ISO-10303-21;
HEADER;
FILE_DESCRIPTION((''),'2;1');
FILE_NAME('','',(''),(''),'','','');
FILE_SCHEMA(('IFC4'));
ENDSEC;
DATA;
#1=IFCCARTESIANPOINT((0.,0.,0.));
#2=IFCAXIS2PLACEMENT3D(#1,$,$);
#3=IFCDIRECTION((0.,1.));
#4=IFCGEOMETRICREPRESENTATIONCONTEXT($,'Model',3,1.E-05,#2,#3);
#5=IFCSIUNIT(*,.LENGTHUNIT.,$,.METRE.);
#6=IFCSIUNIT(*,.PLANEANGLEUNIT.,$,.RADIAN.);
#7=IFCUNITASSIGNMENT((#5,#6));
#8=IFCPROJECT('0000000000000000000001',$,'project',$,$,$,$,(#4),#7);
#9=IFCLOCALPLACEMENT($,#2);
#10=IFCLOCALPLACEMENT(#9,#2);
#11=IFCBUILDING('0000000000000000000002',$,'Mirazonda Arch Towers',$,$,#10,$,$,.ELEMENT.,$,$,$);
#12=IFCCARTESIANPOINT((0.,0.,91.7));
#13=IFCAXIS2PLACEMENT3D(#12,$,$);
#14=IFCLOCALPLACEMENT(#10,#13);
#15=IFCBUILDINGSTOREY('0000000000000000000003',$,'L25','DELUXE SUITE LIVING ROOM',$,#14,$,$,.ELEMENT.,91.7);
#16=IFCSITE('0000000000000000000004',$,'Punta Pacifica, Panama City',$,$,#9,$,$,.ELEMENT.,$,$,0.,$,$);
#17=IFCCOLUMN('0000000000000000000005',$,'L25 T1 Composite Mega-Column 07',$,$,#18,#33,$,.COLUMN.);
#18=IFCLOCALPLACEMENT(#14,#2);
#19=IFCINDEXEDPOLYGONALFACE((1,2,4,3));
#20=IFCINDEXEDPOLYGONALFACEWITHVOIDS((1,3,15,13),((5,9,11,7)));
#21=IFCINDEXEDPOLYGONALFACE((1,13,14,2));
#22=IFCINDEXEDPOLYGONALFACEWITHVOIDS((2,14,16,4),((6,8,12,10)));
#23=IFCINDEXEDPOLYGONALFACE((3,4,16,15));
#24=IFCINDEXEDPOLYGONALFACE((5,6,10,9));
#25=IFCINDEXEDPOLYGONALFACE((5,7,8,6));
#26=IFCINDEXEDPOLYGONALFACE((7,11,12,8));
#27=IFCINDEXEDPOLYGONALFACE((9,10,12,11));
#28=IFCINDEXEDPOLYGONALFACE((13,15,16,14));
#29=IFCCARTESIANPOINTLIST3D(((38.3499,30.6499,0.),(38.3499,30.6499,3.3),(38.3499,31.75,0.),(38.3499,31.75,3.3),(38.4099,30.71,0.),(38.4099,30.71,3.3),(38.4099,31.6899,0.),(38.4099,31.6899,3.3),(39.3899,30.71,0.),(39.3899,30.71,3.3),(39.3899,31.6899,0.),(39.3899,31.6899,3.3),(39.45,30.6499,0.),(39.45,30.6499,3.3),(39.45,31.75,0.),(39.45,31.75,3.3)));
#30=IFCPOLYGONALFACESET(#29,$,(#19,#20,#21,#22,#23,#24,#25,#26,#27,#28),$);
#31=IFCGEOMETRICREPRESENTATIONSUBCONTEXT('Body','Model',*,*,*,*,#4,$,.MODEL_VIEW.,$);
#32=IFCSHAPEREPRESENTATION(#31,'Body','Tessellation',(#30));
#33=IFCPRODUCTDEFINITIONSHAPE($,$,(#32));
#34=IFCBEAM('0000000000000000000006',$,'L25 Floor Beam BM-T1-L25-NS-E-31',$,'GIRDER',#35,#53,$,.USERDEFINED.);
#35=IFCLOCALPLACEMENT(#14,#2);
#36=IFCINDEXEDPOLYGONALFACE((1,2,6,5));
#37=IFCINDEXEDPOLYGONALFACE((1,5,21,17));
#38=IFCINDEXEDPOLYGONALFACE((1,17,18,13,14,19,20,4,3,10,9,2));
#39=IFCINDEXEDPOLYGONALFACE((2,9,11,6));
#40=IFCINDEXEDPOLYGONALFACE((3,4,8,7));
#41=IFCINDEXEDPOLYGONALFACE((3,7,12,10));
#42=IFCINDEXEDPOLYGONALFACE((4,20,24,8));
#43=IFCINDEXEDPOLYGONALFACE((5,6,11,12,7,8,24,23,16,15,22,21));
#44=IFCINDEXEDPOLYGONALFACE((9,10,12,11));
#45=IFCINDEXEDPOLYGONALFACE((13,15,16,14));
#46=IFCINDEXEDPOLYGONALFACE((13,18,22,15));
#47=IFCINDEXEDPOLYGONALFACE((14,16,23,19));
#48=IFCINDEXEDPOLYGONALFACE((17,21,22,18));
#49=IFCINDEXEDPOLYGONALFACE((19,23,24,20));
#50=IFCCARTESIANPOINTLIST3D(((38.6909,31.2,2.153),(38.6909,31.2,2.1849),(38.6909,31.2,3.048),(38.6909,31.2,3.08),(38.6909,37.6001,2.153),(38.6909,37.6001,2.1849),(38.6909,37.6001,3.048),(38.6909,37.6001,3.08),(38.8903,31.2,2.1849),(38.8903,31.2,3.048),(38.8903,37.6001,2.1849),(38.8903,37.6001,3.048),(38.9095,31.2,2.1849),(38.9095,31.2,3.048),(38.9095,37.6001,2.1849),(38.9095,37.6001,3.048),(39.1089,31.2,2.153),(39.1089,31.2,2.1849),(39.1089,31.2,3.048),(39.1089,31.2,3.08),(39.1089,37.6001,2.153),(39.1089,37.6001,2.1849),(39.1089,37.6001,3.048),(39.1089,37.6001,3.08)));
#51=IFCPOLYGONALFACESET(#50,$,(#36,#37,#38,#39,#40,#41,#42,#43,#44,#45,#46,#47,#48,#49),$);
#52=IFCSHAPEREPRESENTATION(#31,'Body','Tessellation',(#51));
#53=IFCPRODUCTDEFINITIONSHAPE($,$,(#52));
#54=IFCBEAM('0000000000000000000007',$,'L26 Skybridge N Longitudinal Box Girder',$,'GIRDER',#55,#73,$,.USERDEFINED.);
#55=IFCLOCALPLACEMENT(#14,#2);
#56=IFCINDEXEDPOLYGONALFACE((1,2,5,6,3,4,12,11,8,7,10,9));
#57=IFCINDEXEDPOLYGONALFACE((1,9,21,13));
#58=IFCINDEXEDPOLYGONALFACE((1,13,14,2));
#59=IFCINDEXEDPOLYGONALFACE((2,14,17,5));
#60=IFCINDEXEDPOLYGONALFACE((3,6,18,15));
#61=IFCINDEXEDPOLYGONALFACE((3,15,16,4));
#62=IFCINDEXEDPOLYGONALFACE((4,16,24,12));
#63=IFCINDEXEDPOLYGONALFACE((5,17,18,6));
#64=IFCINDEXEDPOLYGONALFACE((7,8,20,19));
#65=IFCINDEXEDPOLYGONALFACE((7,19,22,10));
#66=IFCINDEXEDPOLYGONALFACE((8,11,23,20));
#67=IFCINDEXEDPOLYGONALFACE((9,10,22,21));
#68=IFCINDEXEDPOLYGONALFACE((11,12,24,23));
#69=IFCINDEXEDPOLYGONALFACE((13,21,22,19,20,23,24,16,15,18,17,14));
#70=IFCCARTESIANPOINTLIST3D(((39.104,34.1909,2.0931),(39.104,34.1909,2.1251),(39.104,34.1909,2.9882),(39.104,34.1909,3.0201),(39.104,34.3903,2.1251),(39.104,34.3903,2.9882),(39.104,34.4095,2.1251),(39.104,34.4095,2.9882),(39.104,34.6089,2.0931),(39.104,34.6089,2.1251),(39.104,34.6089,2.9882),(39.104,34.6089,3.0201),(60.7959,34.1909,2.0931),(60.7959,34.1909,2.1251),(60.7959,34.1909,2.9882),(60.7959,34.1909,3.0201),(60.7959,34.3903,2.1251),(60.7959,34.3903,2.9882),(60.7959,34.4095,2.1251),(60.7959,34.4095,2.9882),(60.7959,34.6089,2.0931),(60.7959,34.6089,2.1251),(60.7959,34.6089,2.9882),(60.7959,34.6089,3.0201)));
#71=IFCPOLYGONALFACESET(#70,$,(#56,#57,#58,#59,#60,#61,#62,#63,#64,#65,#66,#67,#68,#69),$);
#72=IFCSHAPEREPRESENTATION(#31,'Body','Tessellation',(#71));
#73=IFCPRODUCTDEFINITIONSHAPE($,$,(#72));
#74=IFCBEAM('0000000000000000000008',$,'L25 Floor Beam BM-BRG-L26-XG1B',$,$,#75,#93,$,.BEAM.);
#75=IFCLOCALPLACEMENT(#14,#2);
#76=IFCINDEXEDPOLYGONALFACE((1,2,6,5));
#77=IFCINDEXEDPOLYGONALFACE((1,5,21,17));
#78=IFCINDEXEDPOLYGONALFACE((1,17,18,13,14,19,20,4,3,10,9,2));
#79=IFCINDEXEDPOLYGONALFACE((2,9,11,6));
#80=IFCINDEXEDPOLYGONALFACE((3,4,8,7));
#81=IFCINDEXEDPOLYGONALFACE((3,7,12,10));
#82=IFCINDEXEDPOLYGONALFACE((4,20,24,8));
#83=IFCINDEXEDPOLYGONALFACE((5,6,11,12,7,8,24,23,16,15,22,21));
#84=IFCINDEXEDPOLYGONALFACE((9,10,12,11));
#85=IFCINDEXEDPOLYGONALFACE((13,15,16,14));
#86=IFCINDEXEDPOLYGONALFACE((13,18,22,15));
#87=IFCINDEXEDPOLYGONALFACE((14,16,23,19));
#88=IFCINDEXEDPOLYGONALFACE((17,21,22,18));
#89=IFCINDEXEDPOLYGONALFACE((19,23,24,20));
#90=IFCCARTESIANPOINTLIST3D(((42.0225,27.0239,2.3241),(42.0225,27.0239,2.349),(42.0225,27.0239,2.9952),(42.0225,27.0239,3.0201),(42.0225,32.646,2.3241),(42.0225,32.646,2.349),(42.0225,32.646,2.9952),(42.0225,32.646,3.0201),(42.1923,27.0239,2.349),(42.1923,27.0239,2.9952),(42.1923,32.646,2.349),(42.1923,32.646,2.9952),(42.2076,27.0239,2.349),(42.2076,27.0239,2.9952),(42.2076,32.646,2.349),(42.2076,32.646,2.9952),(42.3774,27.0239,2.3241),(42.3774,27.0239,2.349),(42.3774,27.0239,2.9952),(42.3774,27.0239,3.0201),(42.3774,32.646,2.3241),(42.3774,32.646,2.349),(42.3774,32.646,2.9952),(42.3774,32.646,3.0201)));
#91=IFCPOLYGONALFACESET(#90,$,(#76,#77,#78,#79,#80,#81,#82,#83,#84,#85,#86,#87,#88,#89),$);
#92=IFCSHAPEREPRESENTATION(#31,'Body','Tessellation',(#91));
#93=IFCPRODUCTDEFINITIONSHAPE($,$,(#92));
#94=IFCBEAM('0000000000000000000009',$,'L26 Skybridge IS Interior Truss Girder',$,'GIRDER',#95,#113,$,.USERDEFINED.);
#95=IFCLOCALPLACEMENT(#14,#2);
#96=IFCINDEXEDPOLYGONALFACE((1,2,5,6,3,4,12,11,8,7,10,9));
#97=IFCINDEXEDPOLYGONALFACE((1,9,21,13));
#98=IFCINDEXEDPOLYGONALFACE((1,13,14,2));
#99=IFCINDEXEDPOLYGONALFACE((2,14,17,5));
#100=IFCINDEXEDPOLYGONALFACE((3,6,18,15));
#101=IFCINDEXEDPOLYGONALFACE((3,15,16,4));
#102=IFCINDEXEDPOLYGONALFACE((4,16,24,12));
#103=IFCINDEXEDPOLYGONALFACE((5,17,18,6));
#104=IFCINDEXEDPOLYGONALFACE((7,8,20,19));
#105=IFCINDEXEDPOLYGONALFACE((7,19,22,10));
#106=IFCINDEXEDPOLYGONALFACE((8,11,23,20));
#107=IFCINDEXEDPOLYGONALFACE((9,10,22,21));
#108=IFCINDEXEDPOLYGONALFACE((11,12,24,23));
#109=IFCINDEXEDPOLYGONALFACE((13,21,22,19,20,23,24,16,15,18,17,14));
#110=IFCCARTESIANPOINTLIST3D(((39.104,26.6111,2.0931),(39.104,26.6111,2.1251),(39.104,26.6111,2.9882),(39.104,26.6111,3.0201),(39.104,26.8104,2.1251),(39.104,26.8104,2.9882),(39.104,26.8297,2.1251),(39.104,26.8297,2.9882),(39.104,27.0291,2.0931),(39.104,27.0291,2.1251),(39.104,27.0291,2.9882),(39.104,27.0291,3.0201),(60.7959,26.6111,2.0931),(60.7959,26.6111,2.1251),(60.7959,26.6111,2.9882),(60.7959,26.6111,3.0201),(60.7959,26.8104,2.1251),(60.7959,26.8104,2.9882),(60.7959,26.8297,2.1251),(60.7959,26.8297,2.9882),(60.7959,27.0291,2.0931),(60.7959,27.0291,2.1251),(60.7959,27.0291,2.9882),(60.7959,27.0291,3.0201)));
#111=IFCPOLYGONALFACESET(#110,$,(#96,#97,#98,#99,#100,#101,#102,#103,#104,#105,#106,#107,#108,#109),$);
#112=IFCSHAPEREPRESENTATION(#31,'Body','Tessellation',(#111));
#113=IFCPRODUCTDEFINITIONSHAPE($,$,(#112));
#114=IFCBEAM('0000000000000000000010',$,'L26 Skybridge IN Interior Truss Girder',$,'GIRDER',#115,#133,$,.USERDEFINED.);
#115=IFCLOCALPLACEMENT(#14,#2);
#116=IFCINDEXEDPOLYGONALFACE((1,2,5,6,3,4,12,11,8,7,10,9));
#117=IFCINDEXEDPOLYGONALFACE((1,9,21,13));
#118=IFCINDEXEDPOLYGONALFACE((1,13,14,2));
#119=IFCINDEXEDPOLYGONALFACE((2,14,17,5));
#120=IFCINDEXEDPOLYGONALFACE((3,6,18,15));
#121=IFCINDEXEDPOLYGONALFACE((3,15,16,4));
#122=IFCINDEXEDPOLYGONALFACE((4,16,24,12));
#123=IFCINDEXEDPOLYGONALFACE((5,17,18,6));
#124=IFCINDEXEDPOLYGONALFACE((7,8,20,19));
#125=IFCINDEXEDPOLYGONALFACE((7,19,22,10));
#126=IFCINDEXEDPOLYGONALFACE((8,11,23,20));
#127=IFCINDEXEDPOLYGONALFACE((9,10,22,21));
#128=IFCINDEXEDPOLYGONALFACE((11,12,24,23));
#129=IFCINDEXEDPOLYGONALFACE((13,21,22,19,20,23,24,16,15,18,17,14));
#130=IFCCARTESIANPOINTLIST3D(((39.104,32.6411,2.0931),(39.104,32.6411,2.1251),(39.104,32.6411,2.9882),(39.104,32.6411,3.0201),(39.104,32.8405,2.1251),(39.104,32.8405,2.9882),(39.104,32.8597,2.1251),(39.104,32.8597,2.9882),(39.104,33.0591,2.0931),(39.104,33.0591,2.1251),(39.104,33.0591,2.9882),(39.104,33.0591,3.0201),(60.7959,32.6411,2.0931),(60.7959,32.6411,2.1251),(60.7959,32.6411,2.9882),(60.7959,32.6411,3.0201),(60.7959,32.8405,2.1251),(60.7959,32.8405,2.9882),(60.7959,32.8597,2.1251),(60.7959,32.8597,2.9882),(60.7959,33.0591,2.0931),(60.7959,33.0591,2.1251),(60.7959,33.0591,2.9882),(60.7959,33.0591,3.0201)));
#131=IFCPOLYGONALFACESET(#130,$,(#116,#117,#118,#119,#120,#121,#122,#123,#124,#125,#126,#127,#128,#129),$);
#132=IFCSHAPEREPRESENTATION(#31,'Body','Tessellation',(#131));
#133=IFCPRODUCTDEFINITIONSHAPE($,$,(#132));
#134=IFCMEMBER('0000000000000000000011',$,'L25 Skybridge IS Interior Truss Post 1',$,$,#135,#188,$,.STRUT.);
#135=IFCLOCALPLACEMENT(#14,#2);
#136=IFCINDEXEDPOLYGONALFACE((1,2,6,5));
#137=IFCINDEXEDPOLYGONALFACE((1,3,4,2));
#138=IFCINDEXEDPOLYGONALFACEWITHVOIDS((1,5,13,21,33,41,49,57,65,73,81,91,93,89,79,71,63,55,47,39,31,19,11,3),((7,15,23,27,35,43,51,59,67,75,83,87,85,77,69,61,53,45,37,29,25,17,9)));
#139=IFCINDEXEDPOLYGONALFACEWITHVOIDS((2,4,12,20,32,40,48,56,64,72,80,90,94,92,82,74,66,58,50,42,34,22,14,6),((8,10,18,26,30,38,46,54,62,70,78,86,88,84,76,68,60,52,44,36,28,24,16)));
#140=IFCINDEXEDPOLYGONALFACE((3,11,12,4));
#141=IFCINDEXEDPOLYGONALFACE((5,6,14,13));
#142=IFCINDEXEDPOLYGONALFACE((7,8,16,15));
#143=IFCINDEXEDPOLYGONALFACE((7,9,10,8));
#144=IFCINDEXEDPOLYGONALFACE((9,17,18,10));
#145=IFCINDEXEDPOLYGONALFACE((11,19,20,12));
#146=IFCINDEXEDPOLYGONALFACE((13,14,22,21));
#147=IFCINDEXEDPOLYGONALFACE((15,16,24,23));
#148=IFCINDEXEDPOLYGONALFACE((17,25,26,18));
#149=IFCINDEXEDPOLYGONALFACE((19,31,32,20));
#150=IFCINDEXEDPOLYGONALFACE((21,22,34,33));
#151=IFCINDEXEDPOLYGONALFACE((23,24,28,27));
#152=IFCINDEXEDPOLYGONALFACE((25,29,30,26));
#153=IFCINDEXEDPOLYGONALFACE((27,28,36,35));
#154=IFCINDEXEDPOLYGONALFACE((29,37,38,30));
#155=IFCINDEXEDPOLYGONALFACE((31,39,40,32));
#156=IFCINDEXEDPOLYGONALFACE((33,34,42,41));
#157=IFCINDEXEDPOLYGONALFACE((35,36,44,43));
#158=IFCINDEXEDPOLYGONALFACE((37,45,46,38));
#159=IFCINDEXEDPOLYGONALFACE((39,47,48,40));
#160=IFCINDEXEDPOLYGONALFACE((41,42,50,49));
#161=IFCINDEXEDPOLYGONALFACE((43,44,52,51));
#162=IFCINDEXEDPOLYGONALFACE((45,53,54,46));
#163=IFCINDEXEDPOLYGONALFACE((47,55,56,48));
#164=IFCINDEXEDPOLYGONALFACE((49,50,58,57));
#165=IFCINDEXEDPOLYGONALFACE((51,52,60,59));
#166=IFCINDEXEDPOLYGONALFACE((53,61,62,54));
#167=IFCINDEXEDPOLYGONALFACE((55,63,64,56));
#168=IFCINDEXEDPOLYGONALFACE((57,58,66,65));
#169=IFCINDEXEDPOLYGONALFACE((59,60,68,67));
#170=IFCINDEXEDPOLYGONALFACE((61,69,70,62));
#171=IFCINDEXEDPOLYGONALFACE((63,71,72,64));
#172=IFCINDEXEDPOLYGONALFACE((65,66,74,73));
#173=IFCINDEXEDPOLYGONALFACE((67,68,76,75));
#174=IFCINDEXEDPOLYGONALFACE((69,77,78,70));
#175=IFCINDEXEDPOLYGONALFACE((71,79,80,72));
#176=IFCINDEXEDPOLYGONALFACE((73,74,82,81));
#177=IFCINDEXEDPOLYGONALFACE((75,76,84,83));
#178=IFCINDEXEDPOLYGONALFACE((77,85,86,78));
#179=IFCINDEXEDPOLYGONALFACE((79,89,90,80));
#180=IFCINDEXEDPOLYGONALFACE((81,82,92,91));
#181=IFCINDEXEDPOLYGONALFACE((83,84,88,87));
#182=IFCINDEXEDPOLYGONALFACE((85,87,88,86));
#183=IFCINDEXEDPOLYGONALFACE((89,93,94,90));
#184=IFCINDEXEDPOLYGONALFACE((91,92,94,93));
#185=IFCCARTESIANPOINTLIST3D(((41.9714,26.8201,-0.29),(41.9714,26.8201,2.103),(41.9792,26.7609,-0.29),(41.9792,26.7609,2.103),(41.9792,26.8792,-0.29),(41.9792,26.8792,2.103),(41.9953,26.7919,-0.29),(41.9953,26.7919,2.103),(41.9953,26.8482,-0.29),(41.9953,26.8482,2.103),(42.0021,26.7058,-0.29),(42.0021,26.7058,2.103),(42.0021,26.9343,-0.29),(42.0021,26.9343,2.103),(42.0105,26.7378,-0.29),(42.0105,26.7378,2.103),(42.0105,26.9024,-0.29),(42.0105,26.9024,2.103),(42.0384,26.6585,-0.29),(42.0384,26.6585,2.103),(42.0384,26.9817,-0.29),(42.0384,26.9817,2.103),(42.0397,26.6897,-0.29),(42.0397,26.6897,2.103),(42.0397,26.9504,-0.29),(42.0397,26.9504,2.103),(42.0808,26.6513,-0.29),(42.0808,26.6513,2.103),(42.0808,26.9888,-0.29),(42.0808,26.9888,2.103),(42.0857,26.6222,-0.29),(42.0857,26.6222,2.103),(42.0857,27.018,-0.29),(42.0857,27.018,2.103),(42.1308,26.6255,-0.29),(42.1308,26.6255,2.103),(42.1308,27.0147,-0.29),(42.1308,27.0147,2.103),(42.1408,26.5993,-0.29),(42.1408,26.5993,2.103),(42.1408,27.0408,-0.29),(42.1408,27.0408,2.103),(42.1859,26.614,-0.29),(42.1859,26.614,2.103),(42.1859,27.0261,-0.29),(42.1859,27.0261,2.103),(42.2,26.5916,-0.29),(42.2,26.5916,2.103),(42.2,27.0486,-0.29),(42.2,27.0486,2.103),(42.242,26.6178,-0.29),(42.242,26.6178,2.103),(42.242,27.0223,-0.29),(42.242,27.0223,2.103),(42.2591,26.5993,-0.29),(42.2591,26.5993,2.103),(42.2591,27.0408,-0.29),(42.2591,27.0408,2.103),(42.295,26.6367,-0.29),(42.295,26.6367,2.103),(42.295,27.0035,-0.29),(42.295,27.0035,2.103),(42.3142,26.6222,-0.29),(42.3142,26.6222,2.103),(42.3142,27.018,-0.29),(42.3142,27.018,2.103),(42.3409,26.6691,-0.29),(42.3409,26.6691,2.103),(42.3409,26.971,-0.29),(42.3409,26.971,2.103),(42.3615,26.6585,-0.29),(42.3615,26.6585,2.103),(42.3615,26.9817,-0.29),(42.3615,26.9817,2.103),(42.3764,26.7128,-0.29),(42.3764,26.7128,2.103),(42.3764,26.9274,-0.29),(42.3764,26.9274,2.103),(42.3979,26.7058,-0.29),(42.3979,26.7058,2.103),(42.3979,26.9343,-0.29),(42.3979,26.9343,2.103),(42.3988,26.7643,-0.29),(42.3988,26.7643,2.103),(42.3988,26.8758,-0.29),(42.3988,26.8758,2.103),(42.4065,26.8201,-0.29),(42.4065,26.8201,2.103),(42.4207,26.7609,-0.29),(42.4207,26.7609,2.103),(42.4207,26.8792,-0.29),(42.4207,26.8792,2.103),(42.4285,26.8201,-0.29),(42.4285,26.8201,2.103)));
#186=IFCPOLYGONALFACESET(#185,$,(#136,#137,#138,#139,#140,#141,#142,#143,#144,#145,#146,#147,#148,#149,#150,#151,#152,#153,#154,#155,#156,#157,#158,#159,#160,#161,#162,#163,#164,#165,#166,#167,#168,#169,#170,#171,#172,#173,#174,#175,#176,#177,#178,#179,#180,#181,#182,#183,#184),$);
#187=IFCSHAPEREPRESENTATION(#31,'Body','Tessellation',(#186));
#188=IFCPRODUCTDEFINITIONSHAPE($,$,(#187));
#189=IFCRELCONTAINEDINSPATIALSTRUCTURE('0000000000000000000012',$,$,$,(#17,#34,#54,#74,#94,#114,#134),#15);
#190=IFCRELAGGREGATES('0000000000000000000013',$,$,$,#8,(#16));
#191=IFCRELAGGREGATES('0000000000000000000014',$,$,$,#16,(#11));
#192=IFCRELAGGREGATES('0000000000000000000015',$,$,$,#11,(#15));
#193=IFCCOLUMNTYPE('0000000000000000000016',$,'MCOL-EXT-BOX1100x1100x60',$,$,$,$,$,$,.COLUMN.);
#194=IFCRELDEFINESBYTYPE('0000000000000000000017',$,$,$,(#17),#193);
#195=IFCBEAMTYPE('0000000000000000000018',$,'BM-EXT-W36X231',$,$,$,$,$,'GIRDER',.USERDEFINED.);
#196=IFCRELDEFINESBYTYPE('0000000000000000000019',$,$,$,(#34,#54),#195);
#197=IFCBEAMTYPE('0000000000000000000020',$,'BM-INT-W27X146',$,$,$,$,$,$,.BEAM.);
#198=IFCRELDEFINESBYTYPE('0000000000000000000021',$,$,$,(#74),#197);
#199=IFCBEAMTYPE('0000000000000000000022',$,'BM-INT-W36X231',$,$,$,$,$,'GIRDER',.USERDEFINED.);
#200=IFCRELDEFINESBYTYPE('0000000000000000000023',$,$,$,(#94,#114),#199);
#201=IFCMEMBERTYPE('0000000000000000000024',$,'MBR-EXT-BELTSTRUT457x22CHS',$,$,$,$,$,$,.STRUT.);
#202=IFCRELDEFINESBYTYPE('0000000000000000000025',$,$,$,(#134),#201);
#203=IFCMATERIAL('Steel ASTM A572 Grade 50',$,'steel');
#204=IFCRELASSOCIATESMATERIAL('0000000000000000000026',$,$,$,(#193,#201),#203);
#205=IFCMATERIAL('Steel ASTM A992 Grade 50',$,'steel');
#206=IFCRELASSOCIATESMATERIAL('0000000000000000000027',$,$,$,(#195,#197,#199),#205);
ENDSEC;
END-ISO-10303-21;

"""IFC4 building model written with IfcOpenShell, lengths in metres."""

from ifc_helpers import new_model, si_unit, direction, frame, origin, origin_2d, place, context, subcontext, project, spatial, hollow_rectangle, hollow_circle, i_section, extrude, material, material_profile, profile_set, type_object, element, save


model = new_model("IFC4")

# Units and contexts
model_context = context("Model", 3, precision=1e-05, world=origin(), true_north=direction((0.0, 1.0)))
body_context = subcontext(model_context, "Body", "Model", "MODEL_VIEW")
ifc_project = project(units=[si_unit("LENGTHUNIT", "METRE"), si_unit("PLANEANGLEUNIT", "RADIAN")], contexts=[model_context])

# Site, building, storey
site_placement = place(None, origin())
site = spatial("IfcSite", under=ifc_project, at=site_placement, Name="Punta Pacifica, Panama City", CompositionType="ELEMENT", RefElevation=0.0)
building_placement = place(site_placement, origin())
building = spatial("IfcBuilding", under=site, at=building_placement, Name="Mirazonda Arch Towers", CompositionType="ELEMENT")
storey_placement = place(building_placement, frame((0.0, 0.0, 91.7)))
storey = spatial("IfcBuildingStorey", under=building, at=storey_placement, Name="L25", Description="DELUXE SUITE LIVING ROOM", CompositionType="ELEMENT", Elevation=91.7)

# Column
ifc_material_1 = material(Name="Steel ASTM A572 Grade 50", Category="steel")
ifc_material_profile_1 = material_profile(ifc_material_1, hollow_rectangle(XDim=1.1001, YDim=1.1001, WallThickness=0.0601, at=origin_2d()), Name="BOX1100x1100x60")
ifc_profile_set_1 = profile_set([ifc_material_profile_1], Name="Steel ASTM A572 Grade 50")
column_type = type_object("IfcColumnType", Name="MCOL-EXT-BOX1100x1100x60", PredefinedType="COLUMN", material=ifc_profile_set_1)
column_placement = place(storey_placement, frame((38.8999, 31.2, 0.0), z_axis=(0.0, 0.0, 1.0), x_axis=(1.0, 0.0, 0.0)))
element("IfcColumn", 1, at=column_placement, inside=storey, type_object=column_type, Name="L25 T1 Composite Mega-Column 07", PredefinedType="COLUMN", context=body_context, shape_type="SweptSolid", body=[
    extrude(hollow_rectangle(XDim=1.1001, YDim=1.1001, WallThickness=0.0601, at=origin_2d()), origin(), (0.0, 0.0, 1.0), 3.3),
])

# Beams
ifc_material_2 = material(Name="Steel ASTM A992 Grade 50", Category="steel")
ifc_material_profile_2 = material_profile(ifc_material_2, i_section(OverallWidth=0.418, OverallDepth=0.927, WebThickness=0.0193, FlangeThickness=0.032, at=origin_2d()), Name="W36X231")
ifc_profile_set_2 = profile_set([ifc_material_profile_2], Name="Steel ASTM A992 Grade 50")
beam_type_1 = type_object("IfcBeamType", Name="BM-EXT-W36X231", ElementType="GIRDER", PredefinedType="USERDEFINED", material=ifc_profile_set_2)
beam_1_placement = place(storey_placement, frame((38.8999, 31.2, 2.6165), z_axis=(0.0, 1.0, 0.0), x_axis=(-1.0, 0.0, 0.0)))
element("IfcBeam", 2, at=beam_1_placement, inside=storey, type_object=beam_type_1, Name="L25 Floor Beam BM-T1-L25-NS-E-31", ObjectType="GIRDER", PredefinedType="USERDEFINED", context=body_context, shape_type="SweptSolid", body=[
    extrude(i_section(OverallWidth=0.418, OverallDepth=0.927, WebThickness=0.0193, FlangeThickness=0.032, at=origin_2d()), origin(), (0.0, 0.0, 1.0), 6.4001),
])
beam_2_placement = place(storey_placement, frame((39.104, 34.3999, 2.5566), z_axis=(1.0, 0.0, 0.0), x_axis=(0.0, 1.0, 0.0)))
element("IfcBeam", 3, at=beam_2_placement, inside=storey, type_object=beam_type_1, Name="L26 Skybridge N Longitudinal Box Girder", ObjectType="GIRDER", PredefinedType="USERDEFINED", context=body_context, shape_type="SweptSolid", body=[
    extrude(i_section(OverallWidth=0.418, OverallDepth=0.927, WebThickness=0.0193, FlangeThickness=0.032, at=origin_2d()), origin(), (0.0, 0.0, 1.0), 21.6919),
])
ifc_material_profile_3 = material_profile(ifc_material_2, i_section(OverallWidth=0.355, OverallDepth=0.696, WebThickness=0.0154, FlangeThickness=0.0249, at=origin_2d()), Name="W27X146")
ifc_profile_set_3 = profile_set([ifc_material_profile_3], Name="Steel ASTM A992 Grade 50")
beam_type_2 = type_object("IfcBeamType", Name="BM-INT-W27X146", PredefinedType="BEAM", material=ifc_profile_set_3)
beam_3_placement = place(storey_placement, frame((42.2, 27.0239, 2.6721), z_axis=(0.0, 1.0, 0.0), x_axis=(-1.0, 0.0, 0.0)))
element("IfcBeam", 4, at=beam_3_placement, inside=storey, type_object=beam_type_2, Name="L25 Floor Beam BM-BRG-L26-XG1B", PredefinedType="BEAM", context=body_context, shape_type="SweptSolid", body=[
    extrude(i_section(OverallWidth=0.355, OverallDepth=0.696, WebThickness=0.0154, FlangeThickness=0.0249, at=origin_2d()), origin(), (0.0, 0.0, 1.0), 5.6221),
])
ifc_material_profile_4 = material_profile(ifc_material_2, i_section(OverallWidth=0.418, OverallDepth=0.927, WebThickness=0.0193, FlangeThickness=0.032, at=origin_2d()), Name="W36X231")
ifc_profile_set_4 = profile_set([ifc_material_profile_4], Name="Steel ASTM A992 Grade 50")
beam_type_3 = type_object("IfcBeamType", Name="BM-INT-W36X231", ElementType="GIRDER", PredefinedType="USERDEFINED", material=ifc_profile_set_4)
for number, where, z_axis, x_axis, name in (
    (5, (39.104, 26.8201, 2.5566), (1.0, 0.0, 0.0), (0.0, 1.0, 0.0), "L26 Skybridge IS Interior Truss Girder"),
    (6, (39.104, 32.8501, 2.5566), (1.0, 0.0, 0.0), (0.0, 1.0, 0.0), "L26 Skybridge IN Interior Truss Girder"),
):
    element("IfcBeam", number, at=place(storey_placement, frame(where, z_axis=z_axis, x_axis=x_axis)), inside=storey, type_object=beam_type_3, Name=name, ObjectType="GIRDER", PredefinedType="USERDEFINED", context=body_context, shape_type="SweptSolid", body=[
        extrude(i_section(OverallWidth=0.418, OverallDepth=0.927, WebThickness=0.0193, FlangeThickness=0.032, at=origin_2d()), origin(), (0.0, 0.0, 1.0), 21.6919),
    ])

# Member
ifc_material_profile_5 = material_profile(ifc_material_1, hollow_circle(Radius=0.2285, WallThickness=0.022, at=origin_2d()), Name="BELTSTRUT457x22CHS")
ifc_profile_set_5 = profile_set([ifc_material_profile_5], Name="Steel ASTM A572 Grade 50")
member_type_1 = type_object("IfcMemberType", Name="MBR-EXT-BELTSTRUT457x22CHS", PredefinedType="STRUT", material=ifc_profile_set_5)
for number, where, z_axis, x_axis, name in (
    (7, (42.2, 26.8201, -0.29), (0.0, 0.0, 1.0), (1.0, 0.0, 0.0), "L25 Skybridge IS Interior Truss Post 1"),
):
    element("IfcMember", number, at=place(storey_placement, frame(where, z_axis=z_axis, x_axis=x_axis)), inside=storey, type_object=member_type_1, Name=name, PredefinedType="STRUT", context=body_context, shape_type="SweptSolid", body=[
        extrude(hollow_circle(Radius=0.2285, WallThickness=0.022, at=origin_2d()), origin(), (0.0, 0.0, 1.0), 2.3931),
    ])

save(model, "model.ifc")
